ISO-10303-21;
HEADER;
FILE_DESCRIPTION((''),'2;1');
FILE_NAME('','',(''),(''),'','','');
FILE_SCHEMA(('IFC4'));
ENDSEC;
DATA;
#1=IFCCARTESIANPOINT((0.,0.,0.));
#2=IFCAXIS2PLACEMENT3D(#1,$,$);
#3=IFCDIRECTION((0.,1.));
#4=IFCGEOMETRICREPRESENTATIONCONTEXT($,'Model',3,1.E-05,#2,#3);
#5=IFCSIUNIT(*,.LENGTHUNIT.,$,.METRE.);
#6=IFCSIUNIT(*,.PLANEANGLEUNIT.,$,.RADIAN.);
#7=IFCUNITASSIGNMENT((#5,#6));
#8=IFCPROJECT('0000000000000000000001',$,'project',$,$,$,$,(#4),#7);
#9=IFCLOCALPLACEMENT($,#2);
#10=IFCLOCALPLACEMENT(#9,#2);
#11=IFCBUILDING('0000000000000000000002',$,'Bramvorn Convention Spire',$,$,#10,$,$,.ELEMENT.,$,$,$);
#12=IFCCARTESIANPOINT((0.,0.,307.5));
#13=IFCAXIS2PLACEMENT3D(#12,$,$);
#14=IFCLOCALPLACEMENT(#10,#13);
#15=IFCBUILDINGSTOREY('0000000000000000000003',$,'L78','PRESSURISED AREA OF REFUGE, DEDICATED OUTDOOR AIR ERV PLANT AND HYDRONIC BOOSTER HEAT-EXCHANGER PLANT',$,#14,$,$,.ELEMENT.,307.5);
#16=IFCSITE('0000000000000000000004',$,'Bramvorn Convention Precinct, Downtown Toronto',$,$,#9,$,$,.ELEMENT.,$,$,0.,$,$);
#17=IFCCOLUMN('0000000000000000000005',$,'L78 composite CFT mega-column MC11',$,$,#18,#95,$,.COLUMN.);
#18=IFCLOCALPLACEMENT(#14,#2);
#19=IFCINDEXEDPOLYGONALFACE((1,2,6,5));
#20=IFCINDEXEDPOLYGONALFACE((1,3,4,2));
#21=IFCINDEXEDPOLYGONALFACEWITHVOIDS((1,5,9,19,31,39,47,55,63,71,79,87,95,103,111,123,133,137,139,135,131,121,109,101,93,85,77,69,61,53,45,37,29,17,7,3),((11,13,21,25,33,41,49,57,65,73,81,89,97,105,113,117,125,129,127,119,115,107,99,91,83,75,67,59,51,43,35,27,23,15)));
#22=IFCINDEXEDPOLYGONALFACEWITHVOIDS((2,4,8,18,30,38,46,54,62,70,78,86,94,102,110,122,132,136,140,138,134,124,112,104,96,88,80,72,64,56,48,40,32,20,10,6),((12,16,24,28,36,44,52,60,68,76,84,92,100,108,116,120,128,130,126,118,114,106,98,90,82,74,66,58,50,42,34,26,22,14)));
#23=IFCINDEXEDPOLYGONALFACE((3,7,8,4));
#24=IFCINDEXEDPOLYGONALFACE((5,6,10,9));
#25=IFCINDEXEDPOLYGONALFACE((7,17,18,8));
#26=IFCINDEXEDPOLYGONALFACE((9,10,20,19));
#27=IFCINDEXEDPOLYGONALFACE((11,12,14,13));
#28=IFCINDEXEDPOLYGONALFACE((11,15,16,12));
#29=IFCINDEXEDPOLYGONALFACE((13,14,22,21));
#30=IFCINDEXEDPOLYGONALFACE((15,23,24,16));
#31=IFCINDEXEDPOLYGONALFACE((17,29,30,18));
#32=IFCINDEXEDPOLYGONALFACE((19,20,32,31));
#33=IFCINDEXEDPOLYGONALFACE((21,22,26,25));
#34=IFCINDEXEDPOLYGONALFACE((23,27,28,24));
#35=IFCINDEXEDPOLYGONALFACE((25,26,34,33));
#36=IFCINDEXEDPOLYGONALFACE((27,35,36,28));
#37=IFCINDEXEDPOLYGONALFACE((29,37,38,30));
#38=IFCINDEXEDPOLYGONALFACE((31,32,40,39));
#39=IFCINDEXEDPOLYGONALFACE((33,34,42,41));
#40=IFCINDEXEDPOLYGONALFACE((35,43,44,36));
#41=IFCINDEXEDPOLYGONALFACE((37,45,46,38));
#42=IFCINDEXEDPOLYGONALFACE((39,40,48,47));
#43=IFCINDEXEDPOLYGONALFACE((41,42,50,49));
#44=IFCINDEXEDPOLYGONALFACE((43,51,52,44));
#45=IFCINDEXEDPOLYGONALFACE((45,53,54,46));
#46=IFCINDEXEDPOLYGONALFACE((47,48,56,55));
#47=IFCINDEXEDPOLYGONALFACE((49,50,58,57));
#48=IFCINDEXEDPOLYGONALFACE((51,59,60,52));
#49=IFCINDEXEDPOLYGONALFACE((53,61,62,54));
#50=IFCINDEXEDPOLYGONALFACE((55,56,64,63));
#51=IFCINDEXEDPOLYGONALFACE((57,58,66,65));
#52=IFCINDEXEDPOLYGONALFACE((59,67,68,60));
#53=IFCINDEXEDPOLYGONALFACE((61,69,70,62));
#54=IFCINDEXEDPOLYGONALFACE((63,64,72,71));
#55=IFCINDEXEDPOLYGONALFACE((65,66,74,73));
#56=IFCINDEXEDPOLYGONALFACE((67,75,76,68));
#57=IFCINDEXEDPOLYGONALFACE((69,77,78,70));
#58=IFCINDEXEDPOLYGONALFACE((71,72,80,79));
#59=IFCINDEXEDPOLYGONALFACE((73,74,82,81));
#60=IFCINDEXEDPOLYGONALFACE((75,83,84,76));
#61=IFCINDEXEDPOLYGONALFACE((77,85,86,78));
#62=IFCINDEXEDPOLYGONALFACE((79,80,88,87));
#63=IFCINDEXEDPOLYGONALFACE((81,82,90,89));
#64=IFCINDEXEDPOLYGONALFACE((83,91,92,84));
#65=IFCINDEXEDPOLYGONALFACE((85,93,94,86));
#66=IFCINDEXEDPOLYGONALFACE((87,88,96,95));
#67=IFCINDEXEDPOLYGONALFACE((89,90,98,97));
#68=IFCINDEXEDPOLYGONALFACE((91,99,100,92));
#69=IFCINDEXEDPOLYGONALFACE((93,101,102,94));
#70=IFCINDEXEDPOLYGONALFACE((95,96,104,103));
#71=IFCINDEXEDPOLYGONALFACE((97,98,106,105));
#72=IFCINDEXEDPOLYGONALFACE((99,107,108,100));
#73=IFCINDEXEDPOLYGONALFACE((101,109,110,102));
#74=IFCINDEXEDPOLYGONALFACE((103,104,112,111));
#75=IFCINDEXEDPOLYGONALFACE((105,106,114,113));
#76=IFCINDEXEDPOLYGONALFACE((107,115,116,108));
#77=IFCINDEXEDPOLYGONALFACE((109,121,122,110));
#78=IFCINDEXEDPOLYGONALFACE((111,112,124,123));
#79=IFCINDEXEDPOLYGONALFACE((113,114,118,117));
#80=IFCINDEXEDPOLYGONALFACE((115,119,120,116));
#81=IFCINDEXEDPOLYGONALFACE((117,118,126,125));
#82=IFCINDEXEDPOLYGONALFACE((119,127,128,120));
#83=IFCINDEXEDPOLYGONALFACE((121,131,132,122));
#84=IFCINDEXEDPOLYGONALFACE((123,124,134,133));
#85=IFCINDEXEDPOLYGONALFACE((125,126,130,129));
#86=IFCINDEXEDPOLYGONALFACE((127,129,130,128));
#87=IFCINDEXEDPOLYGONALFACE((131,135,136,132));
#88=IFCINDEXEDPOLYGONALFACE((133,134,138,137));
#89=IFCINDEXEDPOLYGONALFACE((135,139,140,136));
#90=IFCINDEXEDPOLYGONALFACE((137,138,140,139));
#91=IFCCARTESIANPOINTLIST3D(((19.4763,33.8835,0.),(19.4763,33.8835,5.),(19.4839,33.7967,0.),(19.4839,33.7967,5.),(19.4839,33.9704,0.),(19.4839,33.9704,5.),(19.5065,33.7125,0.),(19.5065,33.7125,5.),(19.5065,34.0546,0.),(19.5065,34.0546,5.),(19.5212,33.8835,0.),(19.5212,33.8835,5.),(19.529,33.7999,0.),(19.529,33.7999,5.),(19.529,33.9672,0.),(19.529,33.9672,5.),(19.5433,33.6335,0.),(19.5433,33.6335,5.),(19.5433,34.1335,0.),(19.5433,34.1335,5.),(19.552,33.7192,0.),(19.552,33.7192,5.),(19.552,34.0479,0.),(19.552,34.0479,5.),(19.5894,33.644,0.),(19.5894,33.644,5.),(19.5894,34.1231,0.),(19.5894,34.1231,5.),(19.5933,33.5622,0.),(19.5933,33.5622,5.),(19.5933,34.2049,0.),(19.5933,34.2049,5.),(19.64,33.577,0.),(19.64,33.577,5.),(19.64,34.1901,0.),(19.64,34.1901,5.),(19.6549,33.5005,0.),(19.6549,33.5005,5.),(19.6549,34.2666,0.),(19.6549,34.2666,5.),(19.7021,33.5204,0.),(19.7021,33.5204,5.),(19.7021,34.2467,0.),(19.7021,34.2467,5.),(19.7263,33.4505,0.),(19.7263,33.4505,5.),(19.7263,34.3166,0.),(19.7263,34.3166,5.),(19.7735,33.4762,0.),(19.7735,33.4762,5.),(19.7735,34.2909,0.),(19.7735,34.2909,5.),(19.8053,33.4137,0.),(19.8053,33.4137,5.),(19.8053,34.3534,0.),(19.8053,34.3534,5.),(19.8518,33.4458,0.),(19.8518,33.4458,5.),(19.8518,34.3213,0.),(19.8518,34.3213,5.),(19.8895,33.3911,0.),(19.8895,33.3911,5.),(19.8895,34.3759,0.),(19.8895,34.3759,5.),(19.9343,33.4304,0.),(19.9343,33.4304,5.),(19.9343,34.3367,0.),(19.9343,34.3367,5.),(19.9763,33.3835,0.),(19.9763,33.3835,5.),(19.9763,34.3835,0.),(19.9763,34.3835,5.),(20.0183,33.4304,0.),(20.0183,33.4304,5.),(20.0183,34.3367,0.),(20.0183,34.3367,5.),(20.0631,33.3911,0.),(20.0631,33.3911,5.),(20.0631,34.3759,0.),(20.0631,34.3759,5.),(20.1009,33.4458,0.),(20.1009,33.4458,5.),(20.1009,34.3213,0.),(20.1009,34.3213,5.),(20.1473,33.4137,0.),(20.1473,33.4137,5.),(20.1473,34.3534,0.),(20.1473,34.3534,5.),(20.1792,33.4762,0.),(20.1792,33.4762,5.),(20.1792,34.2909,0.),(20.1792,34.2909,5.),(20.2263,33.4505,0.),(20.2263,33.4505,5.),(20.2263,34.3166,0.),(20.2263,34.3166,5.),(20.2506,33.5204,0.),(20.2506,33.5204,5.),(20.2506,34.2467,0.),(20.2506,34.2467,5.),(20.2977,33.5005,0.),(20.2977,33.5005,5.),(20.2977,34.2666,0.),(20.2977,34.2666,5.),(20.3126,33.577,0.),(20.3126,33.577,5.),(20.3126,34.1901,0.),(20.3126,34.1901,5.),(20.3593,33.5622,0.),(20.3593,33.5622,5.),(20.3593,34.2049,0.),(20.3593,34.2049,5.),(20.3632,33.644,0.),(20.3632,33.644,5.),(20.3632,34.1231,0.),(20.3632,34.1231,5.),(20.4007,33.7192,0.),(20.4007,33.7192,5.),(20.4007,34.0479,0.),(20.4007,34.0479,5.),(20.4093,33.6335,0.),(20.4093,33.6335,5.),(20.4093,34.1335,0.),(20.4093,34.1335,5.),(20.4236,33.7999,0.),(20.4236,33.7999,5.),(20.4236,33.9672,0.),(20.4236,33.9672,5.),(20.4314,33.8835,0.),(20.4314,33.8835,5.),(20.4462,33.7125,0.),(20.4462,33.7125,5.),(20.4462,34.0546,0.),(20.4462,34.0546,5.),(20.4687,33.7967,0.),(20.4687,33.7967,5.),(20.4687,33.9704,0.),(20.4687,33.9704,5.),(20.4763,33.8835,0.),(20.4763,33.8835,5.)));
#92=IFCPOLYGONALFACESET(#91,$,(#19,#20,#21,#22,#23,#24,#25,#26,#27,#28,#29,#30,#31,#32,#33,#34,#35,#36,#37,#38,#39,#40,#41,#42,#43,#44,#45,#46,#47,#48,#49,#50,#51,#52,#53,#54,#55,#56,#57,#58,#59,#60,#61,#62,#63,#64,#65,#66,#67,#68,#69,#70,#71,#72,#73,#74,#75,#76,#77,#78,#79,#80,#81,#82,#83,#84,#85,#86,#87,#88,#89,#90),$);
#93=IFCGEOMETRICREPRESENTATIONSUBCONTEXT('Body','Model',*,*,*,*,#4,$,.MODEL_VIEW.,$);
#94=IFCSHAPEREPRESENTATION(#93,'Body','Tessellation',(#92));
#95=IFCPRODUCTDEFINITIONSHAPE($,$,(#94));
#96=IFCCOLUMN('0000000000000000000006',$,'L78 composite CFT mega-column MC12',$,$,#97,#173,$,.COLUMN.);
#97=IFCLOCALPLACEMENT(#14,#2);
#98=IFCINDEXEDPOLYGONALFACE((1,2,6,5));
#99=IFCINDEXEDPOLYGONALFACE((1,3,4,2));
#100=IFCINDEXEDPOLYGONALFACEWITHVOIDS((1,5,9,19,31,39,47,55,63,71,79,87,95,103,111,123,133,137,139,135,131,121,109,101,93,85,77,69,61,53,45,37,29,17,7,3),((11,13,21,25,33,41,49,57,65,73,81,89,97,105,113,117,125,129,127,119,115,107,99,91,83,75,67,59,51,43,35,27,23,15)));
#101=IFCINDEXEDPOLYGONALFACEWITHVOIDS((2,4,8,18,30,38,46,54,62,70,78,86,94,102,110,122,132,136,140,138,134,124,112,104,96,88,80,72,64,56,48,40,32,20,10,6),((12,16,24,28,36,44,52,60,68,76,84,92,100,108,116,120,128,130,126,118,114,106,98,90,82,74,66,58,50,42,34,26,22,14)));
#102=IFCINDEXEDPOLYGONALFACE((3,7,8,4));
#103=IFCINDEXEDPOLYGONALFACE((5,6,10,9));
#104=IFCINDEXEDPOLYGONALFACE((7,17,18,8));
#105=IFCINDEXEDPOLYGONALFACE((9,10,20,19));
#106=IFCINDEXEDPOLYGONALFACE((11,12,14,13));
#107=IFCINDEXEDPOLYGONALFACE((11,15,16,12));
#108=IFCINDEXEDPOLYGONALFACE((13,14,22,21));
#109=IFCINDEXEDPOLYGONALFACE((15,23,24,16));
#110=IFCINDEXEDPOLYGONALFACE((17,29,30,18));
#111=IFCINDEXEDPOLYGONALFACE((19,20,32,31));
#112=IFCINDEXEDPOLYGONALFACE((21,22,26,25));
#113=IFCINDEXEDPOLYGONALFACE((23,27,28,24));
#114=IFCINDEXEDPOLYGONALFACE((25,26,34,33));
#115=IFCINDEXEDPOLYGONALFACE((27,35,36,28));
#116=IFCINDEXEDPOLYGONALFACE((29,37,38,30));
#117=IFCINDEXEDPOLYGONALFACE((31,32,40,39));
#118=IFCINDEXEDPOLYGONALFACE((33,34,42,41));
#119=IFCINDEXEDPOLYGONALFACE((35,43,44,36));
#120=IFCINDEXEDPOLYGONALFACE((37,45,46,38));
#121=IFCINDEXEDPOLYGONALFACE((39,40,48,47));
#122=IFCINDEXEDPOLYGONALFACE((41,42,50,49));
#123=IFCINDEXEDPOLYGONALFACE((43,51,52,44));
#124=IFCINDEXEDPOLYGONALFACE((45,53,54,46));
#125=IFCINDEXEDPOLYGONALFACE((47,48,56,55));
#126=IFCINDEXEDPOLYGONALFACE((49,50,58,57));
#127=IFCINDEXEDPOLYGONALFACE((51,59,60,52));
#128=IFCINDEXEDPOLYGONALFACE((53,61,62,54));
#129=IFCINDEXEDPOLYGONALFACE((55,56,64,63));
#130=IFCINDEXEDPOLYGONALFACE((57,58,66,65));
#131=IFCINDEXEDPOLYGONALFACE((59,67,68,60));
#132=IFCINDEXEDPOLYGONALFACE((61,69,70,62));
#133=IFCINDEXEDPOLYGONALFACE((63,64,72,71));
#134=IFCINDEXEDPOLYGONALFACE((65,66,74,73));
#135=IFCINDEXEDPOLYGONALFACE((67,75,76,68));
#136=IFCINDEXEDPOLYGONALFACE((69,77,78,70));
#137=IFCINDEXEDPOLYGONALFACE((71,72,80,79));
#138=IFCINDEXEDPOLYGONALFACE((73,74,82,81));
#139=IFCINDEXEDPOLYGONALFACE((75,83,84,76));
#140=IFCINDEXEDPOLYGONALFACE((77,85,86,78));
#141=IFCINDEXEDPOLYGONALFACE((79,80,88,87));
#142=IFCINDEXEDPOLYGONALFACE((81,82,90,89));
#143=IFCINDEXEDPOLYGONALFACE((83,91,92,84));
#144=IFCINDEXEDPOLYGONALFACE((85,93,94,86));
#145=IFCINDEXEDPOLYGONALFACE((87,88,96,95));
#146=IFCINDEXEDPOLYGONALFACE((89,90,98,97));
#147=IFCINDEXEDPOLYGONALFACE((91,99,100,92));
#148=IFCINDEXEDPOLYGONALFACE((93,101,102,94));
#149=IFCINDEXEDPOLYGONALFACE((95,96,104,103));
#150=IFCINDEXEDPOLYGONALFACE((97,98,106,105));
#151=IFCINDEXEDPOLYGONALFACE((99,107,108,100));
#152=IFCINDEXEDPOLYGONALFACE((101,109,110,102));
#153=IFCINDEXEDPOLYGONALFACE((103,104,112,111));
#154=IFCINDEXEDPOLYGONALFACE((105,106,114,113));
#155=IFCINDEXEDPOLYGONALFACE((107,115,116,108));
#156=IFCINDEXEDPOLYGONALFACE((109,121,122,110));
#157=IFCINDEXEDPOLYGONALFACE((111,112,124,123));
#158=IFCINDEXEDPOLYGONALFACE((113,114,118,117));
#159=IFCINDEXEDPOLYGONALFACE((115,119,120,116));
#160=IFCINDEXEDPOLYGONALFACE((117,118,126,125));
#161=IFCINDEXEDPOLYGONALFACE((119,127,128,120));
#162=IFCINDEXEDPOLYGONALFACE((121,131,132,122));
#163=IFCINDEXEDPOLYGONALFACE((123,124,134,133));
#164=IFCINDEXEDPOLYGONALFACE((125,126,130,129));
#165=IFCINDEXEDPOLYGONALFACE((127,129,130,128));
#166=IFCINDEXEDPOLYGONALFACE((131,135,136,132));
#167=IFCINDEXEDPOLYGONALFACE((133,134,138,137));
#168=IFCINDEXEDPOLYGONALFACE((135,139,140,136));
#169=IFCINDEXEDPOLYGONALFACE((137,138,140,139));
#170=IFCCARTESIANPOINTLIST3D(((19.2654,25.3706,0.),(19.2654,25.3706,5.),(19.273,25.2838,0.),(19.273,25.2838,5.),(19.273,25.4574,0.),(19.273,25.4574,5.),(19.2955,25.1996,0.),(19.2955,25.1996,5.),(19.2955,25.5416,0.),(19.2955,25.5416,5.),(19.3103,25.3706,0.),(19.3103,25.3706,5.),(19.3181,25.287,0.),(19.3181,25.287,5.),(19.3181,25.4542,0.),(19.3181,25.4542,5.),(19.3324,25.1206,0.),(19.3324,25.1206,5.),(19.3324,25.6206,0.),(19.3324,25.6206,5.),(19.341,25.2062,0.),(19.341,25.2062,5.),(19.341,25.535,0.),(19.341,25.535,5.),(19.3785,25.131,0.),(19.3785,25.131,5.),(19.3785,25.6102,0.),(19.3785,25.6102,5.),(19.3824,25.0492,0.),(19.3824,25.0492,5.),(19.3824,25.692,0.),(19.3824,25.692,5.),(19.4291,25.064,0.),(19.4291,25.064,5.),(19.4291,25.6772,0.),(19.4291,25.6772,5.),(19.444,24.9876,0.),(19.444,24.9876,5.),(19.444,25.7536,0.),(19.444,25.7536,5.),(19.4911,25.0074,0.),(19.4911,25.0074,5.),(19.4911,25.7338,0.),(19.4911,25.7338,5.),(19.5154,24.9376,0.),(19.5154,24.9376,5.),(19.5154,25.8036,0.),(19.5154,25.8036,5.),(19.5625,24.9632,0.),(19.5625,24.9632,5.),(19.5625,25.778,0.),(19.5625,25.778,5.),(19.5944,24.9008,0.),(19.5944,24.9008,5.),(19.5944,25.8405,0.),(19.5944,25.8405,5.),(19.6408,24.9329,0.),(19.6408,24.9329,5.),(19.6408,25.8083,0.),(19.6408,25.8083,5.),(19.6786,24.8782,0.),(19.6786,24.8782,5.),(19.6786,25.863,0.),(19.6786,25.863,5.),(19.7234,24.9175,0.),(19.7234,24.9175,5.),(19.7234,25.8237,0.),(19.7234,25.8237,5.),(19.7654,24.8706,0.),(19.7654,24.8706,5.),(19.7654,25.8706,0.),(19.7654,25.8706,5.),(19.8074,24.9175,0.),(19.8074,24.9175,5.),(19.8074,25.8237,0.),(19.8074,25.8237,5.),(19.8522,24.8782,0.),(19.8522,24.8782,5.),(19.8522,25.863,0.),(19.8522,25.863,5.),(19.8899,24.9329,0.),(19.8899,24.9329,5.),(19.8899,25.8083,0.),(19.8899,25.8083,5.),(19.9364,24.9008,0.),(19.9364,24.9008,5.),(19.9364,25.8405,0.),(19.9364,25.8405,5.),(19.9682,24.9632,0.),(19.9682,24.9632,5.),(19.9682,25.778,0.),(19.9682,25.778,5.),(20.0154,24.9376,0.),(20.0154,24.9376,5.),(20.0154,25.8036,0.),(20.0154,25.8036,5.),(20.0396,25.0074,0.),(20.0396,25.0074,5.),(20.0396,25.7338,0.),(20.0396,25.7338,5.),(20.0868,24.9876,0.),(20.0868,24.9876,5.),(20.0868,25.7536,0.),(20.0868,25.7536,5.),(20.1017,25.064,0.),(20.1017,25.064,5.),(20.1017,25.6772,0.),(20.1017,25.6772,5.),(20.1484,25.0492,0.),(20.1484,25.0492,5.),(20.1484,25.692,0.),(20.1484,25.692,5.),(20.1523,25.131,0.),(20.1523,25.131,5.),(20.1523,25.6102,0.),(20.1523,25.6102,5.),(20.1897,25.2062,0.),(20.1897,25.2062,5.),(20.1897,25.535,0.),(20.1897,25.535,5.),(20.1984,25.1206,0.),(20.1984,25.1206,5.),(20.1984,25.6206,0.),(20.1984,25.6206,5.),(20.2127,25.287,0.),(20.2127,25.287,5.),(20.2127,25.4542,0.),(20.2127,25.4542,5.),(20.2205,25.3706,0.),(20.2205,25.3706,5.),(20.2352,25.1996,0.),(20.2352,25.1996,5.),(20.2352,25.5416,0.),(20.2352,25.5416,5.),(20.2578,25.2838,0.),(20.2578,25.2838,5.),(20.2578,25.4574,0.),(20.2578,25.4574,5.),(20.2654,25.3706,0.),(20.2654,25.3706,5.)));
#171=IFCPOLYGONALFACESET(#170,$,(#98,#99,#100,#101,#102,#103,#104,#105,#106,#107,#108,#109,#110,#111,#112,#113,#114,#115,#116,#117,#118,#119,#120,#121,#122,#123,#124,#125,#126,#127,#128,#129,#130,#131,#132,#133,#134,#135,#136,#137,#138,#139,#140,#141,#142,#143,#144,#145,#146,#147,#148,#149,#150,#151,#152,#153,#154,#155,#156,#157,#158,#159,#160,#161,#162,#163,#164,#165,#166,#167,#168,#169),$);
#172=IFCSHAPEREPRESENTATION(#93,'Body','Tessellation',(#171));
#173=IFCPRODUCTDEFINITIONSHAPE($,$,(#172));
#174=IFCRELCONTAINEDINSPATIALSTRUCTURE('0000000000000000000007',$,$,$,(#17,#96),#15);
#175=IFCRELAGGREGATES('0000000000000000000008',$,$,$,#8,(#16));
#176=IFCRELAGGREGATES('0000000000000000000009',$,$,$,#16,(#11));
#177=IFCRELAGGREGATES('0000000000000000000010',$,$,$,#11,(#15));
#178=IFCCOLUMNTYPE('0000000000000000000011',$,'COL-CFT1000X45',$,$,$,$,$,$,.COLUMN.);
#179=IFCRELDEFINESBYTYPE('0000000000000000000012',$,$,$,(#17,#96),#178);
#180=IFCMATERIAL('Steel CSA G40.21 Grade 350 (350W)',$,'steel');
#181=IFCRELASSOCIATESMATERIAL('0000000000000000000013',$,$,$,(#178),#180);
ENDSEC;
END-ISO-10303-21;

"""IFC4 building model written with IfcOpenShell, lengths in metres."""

from ifc_helpers import new_model, si_unit, direction, frame, origin, origin_2d, place, context, subcontext, project, spatial, hollow_circle, extrude, material, material_profile, profile_set, type_object, element, save


model = new_model("IFC4")

# Units and contexts
model_context = context("Model", 3, precision=1e-05, world=origin(), true_north=direction((0.0, 1.0)))
body_context = subcontext(model_context, "Body", "Model", "MODEL_VIEW")
ifc_project = project(units=[si_unit("LENGTHUNIT", "METRE"), si_unit("PLANEANGLEUNIT", "RADIAN")], contexts=[model_context])

# Site, building, storey
site_placement = place(None, origin())
site = spatial("IfcSite", under=ifc_project, at=site_placement, Name="Bramvorn Convention Precinct, Downtown Toronto", CompositionType="ELEMENT", RefElevation=0.0)
building_placement = place(site_placement, origin())
building = spatial("IfcBuilding", under=site, at=building_placement, Name="Bramvorn Convention Spire", CompositionType="ELEMENT")
storey_placement = place(building_placement, frame((0.0, 0.0, 307.5)))
storey = spatial("IfcBuildingStorey", under=building, at=storey_placement, Name="L78", Description="PRESSURISED AREA OF REFUGE, DEDICATED OUTDOOR AIR ERV PLANT AND HYDRONIC BOOSTER HEAT-EXCHANGER PLANT", CompositionType="ELEMENT", Elevation=307.5)

# Columns
ifc_material_1 = material(Name="Steel CSA G40.21 Grade 350 (350W)", Category="steel")
ifc_material_profile_1 = material_profile(ifc_material_1, hollow_circle(Radius=0.5, WallThickness=0.0449, at=origin_2d()))
ifc_profile_set_1 = profile_set([ifc_material_profile_1], Name="Steel CSA G40.21 Grade 350 (350W) - CFT1000X45")
column_type = type_object("IfcColumnType", Name="COL-CFT1000X45", PredefinedType="COLUMN", material=ifc_profile_set_1)
for number, where, z_axis, x_axis, name in (
    (1, (19.9763, 33.8835, 0.0), (0.0, 0.0, 1.0), (1.0, 0.0, 0.0), "L78 composite CFT mega-column MC11"),
    (2, (19.7654, 25.3706, 0.0), (0.0, 0.0, 1.0), (1.0, 0.0, 0.0), "L78 composite CFT mega-column MC12"),
):
    element("IfcColumn", number, at=place(storey_placement, frame(where, z_axis=z_axis, x_axis=x_axis)), inside=storey, type_object=column_type, Name=name, PredefinedType="COLUMN", context=body_context, shape_type="SweptSolid", body=[
        extrude(hollow_circle(Radius=0.5, WallThickness=0.0449, at=origin_2d()), origin(), (0.0, 0.0, 1.0), 5.0),
    ])

save(model, "model.ifc")
